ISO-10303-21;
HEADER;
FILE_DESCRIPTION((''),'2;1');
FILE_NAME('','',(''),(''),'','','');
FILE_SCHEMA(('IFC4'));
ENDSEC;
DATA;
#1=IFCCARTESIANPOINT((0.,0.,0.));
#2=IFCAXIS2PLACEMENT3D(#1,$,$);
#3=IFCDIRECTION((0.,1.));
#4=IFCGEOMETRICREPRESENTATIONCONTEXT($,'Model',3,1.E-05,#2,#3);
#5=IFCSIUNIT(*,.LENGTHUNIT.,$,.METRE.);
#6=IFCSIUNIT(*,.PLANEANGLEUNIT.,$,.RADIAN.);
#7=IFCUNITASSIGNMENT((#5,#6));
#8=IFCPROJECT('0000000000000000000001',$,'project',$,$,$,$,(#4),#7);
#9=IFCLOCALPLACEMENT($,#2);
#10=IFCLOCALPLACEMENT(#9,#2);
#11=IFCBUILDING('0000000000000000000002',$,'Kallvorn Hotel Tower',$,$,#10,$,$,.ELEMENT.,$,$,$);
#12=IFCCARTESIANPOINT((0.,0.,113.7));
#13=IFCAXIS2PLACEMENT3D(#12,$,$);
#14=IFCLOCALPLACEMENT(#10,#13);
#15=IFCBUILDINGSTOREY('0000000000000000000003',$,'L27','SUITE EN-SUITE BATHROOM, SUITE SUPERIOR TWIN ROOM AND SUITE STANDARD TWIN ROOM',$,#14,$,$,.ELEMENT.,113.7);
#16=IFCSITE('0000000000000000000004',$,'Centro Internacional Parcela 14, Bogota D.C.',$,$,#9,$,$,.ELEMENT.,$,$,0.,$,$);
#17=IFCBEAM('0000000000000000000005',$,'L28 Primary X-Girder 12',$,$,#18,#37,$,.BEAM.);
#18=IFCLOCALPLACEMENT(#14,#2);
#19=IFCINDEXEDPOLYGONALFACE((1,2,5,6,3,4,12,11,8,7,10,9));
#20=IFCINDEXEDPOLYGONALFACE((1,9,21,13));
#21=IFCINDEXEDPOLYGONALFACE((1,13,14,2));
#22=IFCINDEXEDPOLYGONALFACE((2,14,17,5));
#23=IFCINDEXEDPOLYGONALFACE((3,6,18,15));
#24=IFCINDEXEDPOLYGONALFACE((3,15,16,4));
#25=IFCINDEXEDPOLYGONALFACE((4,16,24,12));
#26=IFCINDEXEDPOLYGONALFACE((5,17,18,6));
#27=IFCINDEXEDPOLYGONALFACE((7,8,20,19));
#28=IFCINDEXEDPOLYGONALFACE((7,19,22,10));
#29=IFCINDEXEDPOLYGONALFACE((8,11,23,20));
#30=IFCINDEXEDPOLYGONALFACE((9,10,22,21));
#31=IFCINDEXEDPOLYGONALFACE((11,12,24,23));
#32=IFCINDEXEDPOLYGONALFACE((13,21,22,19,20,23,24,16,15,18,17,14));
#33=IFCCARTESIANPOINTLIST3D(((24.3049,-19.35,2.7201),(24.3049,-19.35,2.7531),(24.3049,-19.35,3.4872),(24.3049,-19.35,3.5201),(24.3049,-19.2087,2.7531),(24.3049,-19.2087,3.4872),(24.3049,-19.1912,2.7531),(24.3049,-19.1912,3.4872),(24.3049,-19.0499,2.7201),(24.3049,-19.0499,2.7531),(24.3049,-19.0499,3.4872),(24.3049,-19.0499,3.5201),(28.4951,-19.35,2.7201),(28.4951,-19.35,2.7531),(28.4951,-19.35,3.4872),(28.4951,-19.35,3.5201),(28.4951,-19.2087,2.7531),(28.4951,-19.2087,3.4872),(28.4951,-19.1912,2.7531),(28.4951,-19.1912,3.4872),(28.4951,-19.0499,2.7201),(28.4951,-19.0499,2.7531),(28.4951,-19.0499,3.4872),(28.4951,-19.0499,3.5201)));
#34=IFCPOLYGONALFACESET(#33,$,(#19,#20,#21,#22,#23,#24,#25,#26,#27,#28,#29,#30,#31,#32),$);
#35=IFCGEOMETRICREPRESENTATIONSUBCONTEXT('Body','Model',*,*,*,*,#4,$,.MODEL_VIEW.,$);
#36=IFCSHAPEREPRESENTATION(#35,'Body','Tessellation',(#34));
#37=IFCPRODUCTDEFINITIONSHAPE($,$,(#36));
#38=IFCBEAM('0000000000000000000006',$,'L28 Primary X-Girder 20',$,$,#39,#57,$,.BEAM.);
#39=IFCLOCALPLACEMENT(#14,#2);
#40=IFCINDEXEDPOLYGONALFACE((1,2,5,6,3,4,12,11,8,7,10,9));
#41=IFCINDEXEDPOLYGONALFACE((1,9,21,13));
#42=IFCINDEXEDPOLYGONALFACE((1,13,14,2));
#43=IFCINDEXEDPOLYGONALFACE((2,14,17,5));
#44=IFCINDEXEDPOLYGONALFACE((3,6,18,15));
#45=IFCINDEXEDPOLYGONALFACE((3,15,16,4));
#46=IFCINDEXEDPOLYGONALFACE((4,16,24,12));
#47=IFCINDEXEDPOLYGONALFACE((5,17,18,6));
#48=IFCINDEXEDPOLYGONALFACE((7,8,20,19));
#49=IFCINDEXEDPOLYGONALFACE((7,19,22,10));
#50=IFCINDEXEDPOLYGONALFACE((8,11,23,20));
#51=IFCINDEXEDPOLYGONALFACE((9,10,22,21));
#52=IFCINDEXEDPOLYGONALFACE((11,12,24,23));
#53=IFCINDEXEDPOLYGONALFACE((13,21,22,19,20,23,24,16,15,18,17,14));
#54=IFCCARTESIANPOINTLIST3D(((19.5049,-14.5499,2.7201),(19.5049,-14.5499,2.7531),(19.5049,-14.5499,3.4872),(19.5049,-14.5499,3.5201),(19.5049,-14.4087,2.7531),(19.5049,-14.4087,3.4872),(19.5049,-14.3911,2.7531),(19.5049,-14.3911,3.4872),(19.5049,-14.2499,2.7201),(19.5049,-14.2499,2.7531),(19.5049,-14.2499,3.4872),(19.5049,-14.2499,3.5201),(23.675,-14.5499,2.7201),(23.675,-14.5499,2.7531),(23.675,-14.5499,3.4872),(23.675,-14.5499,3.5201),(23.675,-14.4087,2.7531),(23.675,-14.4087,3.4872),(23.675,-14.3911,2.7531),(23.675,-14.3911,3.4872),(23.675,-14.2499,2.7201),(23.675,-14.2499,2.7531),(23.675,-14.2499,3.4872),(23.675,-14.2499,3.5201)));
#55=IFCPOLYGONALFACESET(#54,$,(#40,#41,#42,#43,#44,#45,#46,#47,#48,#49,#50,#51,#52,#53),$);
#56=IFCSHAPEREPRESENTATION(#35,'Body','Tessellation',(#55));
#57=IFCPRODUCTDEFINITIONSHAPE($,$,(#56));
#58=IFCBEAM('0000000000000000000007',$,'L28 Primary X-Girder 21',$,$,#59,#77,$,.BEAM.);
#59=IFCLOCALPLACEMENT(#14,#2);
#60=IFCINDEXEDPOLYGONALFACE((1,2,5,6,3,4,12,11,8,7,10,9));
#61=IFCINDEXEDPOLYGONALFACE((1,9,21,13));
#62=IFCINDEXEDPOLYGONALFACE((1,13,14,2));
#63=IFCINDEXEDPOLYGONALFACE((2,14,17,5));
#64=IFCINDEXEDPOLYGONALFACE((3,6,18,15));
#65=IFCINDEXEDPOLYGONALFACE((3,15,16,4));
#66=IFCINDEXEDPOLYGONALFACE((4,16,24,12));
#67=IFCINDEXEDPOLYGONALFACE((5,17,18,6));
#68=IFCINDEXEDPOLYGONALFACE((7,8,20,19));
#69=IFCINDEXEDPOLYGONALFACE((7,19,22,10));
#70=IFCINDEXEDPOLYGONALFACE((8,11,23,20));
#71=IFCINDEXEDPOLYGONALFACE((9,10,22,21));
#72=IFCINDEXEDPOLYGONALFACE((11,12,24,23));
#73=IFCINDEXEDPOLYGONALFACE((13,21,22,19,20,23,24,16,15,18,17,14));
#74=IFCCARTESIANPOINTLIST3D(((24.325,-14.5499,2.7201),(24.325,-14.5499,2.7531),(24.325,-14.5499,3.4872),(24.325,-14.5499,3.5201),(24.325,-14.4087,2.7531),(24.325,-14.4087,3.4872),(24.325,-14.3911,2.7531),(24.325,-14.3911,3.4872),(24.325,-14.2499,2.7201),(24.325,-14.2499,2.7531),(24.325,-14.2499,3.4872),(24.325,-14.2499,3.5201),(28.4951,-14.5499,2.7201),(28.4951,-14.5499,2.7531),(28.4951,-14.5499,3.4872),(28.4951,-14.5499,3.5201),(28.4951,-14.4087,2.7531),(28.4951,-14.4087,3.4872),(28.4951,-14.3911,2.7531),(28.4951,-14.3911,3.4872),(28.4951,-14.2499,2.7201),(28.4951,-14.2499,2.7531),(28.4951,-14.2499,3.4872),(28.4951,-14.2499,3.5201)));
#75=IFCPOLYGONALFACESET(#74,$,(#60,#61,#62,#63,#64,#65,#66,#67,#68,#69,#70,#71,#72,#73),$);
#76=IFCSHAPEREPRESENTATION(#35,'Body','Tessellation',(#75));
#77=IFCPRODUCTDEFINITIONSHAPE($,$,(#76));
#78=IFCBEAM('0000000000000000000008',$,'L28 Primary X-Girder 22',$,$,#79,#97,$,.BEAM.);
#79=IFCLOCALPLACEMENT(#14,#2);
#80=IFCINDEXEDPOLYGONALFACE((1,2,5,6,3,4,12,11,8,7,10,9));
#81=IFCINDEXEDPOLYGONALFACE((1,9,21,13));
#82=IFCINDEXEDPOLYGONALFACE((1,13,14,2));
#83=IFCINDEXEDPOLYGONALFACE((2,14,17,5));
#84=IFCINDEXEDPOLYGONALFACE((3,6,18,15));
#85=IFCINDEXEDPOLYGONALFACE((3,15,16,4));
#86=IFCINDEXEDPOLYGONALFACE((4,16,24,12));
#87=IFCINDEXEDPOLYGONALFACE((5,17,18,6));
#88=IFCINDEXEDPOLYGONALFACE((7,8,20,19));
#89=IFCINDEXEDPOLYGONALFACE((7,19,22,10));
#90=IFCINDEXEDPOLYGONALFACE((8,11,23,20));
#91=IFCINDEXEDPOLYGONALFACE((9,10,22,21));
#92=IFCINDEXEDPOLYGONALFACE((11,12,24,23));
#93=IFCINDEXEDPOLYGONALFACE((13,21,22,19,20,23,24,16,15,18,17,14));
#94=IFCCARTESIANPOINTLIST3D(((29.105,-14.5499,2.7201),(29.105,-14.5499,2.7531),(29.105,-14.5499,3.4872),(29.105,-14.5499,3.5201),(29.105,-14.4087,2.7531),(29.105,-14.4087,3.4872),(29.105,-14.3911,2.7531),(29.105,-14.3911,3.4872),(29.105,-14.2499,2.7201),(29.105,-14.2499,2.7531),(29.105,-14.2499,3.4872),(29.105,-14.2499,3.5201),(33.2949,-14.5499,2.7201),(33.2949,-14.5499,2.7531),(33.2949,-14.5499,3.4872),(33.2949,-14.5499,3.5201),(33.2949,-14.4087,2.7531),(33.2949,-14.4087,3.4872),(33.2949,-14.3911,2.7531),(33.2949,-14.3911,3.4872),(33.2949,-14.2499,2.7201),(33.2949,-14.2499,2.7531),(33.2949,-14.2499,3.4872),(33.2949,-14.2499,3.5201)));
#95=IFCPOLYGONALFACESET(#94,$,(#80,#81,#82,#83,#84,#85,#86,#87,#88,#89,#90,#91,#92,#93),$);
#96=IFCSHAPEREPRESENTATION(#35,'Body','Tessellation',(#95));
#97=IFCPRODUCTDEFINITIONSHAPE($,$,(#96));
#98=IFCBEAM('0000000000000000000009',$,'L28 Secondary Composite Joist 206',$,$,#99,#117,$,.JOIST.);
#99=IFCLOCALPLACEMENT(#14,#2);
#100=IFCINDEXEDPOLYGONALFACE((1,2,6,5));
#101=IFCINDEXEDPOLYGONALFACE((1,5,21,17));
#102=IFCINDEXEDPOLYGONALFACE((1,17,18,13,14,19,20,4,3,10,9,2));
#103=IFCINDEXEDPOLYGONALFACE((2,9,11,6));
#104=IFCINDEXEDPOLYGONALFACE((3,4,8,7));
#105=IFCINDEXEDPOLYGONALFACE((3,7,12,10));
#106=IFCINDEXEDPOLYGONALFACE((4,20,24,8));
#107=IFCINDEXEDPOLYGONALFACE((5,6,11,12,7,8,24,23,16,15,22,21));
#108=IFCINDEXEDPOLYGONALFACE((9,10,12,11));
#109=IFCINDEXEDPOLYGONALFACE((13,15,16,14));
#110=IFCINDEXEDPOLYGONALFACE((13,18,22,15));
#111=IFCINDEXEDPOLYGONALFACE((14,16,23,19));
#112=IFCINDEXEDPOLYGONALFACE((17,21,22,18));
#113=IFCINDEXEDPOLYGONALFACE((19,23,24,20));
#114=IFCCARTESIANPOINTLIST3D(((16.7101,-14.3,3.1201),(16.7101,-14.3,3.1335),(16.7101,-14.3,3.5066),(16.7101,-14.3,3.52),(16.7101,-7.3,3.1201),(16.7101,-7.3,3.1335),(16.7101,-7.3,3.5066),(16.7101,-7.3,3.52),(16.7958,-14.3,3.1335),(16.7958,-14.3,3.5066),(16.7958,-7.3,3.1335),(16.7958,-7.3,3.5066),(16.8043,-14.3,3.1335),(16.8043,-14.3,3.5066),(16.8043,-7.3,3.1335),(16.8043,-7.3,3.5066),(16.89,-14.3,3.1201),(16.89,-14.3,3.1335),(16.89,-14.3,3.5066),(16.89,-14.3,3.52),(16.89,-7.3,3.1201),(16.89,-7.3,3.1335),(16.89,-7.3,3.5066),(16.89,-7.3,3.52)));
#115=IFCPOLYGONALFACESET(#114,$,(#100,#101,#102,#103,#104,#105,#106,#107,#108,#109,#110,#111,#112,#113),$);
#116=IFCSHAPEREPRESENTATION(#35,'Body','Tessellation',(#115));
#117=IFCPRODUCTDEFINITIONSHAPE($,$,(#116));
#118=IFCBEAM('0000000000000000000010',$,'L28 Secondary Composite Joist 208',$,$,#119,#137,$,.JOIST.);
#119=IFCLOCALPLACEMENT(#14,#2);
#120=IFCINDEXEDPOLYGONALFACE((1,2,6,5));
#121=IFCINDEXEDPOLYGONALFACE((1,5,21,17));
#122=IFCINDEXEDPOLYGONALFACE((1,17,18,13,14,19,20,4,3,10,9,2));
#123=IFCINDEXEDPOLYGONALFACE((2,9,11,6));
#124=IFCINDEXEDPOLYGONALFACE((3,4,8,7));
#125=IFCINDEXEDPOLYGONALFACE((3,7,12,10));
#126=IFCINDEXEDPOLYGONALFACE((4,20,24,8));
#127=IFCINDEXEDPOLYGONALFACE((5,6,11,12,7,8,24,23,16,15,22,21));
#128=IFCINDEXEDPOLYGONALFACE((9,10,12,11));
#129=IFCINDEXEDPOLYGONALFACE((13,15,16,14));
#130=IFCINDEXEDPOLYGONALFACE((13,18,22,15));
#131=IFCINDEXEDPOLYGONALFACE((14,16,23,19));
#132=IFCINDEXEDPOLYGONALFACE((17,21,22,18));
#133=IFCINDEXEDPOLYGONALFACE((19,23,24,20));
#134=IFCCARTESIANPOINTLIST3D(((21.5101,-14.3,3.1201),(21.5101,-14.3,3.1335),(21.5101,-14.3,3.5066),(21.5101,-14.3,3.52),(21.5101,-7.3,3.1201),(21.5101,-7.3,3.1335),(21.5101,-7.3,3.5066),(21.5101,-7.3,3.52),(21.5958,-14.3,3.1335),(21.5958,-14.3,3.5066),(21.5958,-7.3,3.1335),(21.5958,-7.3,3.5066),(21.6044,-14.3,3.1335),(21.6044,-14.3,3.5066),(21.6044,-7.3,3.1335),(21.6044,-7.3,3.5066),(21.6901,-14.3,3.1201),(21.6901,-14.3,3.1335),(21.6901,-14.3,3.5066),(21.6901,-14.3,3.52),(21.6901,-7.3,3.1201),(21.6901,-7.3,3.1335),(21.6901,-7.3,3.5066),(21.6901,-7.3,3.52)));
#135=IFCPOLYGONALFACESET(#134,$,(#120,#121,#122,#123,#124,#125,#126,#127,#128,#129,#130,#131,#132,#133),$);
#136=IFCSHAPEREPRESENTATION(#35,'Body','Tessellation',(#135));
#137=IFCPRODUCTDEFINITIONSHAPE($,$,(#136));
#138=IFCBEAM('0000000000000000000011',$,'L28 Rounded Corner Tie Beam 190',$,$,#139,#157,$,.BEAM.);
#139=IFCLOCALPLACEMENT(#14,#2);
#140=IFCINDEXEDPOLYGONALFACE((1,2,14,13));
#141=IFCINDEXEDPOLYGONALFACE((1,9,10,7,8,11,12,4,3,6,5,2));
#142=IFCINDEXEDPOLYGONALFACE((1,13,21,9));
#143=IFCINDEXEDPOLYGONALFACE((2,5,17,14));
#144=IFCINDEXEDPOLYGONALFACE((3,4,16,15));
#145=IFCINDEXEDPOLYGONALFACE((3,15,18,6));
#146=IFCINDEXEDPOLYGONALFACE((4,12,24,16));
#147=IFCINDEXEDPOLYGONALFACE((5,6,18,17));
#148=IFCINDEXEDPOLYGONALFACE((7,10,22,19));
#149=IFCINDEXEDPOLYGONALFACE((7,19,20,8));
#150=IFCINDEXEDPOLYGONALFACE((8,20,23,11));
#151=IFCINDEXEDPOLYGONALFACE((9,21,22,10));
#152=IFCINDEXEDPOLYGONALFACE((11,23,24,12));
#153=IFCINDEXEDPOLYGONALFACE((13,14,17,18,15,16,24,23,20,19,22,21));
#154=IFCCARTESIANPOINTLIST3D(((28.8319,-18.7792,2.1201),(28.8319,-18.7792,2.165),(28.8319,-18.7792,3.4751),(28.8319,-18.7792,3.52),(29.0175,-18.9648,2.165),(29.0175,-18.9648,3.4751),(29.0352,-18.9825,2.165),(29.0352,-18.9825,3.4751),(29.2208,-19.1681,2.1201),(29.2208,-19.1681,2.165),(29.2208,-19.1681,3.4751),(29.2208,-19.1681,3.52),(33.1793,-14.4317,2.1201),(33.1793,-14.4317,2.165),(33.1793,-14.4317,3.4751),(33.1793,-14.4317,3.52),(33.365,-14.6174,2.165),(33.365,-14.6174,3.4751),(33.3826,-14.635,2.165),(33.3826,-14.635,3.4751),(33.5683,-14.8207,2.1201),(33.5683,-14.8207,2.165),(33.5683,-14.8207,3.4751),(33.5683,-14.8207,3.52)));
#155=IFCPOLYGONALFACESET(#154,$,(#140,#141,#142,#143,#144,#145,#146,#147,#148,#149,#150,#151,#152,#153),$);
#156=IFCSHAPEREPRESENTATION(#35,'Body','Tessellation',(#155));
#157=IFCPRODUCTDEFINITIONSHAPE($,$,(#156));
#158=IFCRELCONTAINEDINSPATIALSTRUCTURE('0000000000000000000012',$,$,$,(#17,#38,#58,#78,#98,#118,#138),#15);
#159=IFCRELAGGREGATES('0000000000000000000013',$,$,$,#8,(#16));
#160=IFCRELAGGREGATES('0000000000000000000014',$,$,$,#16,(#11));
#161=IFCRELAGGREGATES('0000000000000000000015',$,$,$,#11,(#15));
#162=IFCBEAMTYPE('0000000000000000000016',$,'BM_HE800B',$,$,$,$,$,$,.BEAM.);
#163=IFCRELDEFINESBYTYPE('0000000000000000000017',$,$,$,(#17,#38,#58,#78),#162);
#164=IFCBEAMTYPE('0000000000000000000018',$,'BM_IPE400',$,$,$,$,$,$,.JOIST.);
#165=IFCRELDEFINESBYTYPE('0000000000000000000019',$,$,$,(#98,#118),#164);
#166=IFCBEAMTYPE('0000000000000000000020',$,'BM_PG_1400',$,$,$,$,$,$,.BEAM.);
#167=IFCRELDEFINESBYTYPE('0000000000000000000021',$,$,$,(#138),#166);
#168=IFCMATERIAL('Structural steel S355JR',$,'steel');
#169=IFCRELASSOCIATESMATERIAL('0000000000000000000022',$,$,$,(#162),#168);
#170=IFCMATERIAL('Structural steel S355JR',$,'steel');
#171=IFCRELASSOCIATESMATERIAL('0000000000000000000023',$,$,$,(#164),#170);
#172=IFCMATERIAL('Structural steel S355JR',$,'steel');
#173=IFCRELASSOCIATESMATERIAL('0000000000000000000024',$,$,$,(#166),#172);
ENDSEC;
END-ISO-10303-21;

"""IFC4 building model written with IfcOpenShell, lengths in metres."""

from ifc_helpers import new_model, si_unit, direction, frame, origin, origin_2d, place, context, subcontext, project, spatial, i_section, extrude, material, material_profile, profile_set, type_object, element, save


model = new_model("IFC4")

# Units and contexts
model_context = context("Model", 3, precision=1e-05, world=origin(), true_north=direction((0.0, 1.0)))
body_context = subcontext(model_context, "Body", "Model", "MODEL_VIEW")
ifc_project = project(units=[si_unit("LENGTHUNIT", "METRE"), si_unit("PLANEANGLEUNIT", "RADIAN")], contexts=[model_context])

# Site, building, storey
site_placement = place(None, origin())
site = spatial("IfcSite", under=ifc_project, at=site_placement, Name="Centro Internacional Parcela 14, Bogota D.C.", CompositionType="ELEMENT", RefElevation=0.0)
building_placement = place(site_placement, origin())
building = spatial("IfcBuilding", under=site, at=building_placement, Name="Kallvorn Hotel Tower", CompositionType="ELEMENT")
storey_placement = place(building_placement, frame((0.0, 0.0, 113.7)))
storey = spatial("IfcBuildingStorey", under=building, at=storey_placement, Name="L27", Description="SUITE EN-SUITE BATHROOM, SUITE SUPERIOR TWIN ROOM AND SUITE STANDARD TWIN ROOM", CompositionType="ELEMENT", Elevation=113.7)

# Beams
ifc_material_1 = material(Name="Structural steel S355JR", Category="steel")
ifc_material_profile_1 = material_profile(ifc_material_1, i_section(OverallWidth=0.3, OverallDepth=0.8, WebThickness=0.0176, FlangeThickness=0.033, at=origin_2d()), Name="HE 800 B")
ifc_profile_set_1 = profile_set([ifc_material_profile_1], Name="Structural steel S355JR")
beam_type_1 = type_object("IfcBeamType", Name="BM_HE800B", PredefinedType="BEAM", material=ifc_profile_set_1)
for number, where, z_axis, x_axis, name in (
    (1, (24.3049, -19.2, 3.1201), (1.0, 0.0, 0.0), (0.0, 1.0, 0.0), "L28 Primary X-Girder 12"),
):
    element("IfcBeam", number, at=place(storey_placement, frame(where, z_axis=z_axis, x_axis=x_axis)), inside=storey, type_object=beam_type_1, Name=name, PredefinedType="BEAM", context=body_context, shape_type="SweptSolid", body=[
        extrude(i_section(OverallWidth=0.3, OverallDepth=0.8, WebThickness=0.0176, FlangeThickness=0.033, at=origin_2d()), origin(), (0.0, 0.0, 1.0), 4.1902),
    ])
for number, where, z_axis, x_axis, name in (
    (2, (19.5049, -14.3999, 3.1201), (1.0, 0.0, 0.0), (0.0, 1.0, 0.0), "L28 Primary X-Girder 20"),
    (3, (24.325, -14.3999, 3.1201), (1.0, 0.0, 0.0), (0.0, 1.0, 0.0), "L28 Primary X-Girder 21"),
):
    element("IfcBeam", number, at=place(storey_placement, frame(where, z_axis=z_axis, x_axis=x_axis)), inside=storey, type_object=beam_type_1, Name=name, PredefinedType="BEAM", context=body_context, shape_type="SweptSolid", body=[
        extrude(i_section(OverallWidth=0.3, OverallDepth=0.8, WebThickness=0.0176, FlangeThickness=0.033, at=origin_2d()), origin(), (0.0, 0.0, 1.0), 4.1702),
    ])
beam_1_placement = place(storey_placement, frame((29.105, -14.3999, 3.1201), z_axis=(1.0, 0.0, 0.0), x_axis=(0.0, 1.0, 0.0)))
element("IfcBeam", 4, at=beam_1_placement, inside=storey, type_object=beam_type_1, Name="L28 Primary X-Girder 22", PredefinedType="BEAM", context=body_context, shape_type="SweptSolid", body=[
    extrude(i_section(OverallWidth=0.3, OverallDepth=0.8, WebThickness=0.0176, FlangeThickness=0.033, at=origin_2d()), origin(), (0.0, 0.0, 1.0), 4.1899),
])
ifc_material_2 = material(Name="Structural steel S355JR", Category="steel")
ifc_material_profile_2 = material_profile(ifc_material_2, i_section(OverallWidth=0.1799, OverallDepth=0.3999, WebThickness=0.0085, FlangeThickness=0.0134, at=origin_2d()), Name="IPE 400")
ifc_profile_set_2 = profile_set([ifc_material_profile_2], Name="Structural steel S355JR")
beam_type_2 = type_object("IfcBeamType", Name="BM_IPE400", PredefinedType="JOIST", material=ifc_profile_set_2)
for number, where, z_axis, x_axis, name in (
    (5, (16.8, -14.3, 3.3201), (0.0, 1.0, 0.0), (-1.0, 0.0, 0.0), "L28 Secondary Composite Joist 206"),
    (6, (21.6001, -14.3, 3.3201), (0.0, 1.0, 0.0), (-1.0, 0.0, 0.0), "L28 Secondary Composite Joist 208"),
):
    element("IfcBeam", number, at=place(storey_placement, frame(where, z_axis=z_axis, x_axis=x_axis)), inside=storey, type_object=beam_type_2, Name=name, PredefinedType="JOIST", context=body_context, shape_type="SweptSolid", body=[
        extrude(i_section(OverallWidth=0.1799, OverallDepth=0.3999, WebThickness=0.0085, FlangeThickness=0.0134, at=origin_2d()), origin(), (0.0, 0.0, 1.0), 7.0),
    ])
ifc_material_3 = material(Name="Structural steel S355JR", Category="steel")
ifc_material_profile_3 = material_profile(ifc_material_3, i_section(OverallWidth=0.55, OverallDepth=1.3999, WebThickness=0.0249, FlangeThickness=0.0449, at=origin_2d()), Name="PG 1400x550x25x45")
ifc_profile_set_3 = profile_set([ifc_material_profile_3], Name="Structural steel S355JR")
beam_type_3 = type_object("IfcBeamType", Name="BM_PG_1400", PredefinedType="BEAM", material=ifc_profile_set_3)
beam_2_placement = place(storey_placement, frame((33.3738, -14.6262, 2.8201), z_axis=(-0.707107, -0.707107, 0.0), x_axis=(0.707107, -0.707107, 0.0)))
element("IfcBeam", 7, at=beam_2_placement, inside=storey, type_object=beam_type_3, Name="L28 Rounded Corner Tie Beam 190", PredefinedType="BEAM", context=body_context, shape_type="SweptSolid", body=[
    extrude(i_section(OverallWidth=0.55, OverallDepth=1.3999, WebThickness=0.0249, FlangeThickness=0.0449, at=origin_2d()), origin(), (0.0, 0.0, 1.0), 6.1482),
])

save(model, "model.ifc")
